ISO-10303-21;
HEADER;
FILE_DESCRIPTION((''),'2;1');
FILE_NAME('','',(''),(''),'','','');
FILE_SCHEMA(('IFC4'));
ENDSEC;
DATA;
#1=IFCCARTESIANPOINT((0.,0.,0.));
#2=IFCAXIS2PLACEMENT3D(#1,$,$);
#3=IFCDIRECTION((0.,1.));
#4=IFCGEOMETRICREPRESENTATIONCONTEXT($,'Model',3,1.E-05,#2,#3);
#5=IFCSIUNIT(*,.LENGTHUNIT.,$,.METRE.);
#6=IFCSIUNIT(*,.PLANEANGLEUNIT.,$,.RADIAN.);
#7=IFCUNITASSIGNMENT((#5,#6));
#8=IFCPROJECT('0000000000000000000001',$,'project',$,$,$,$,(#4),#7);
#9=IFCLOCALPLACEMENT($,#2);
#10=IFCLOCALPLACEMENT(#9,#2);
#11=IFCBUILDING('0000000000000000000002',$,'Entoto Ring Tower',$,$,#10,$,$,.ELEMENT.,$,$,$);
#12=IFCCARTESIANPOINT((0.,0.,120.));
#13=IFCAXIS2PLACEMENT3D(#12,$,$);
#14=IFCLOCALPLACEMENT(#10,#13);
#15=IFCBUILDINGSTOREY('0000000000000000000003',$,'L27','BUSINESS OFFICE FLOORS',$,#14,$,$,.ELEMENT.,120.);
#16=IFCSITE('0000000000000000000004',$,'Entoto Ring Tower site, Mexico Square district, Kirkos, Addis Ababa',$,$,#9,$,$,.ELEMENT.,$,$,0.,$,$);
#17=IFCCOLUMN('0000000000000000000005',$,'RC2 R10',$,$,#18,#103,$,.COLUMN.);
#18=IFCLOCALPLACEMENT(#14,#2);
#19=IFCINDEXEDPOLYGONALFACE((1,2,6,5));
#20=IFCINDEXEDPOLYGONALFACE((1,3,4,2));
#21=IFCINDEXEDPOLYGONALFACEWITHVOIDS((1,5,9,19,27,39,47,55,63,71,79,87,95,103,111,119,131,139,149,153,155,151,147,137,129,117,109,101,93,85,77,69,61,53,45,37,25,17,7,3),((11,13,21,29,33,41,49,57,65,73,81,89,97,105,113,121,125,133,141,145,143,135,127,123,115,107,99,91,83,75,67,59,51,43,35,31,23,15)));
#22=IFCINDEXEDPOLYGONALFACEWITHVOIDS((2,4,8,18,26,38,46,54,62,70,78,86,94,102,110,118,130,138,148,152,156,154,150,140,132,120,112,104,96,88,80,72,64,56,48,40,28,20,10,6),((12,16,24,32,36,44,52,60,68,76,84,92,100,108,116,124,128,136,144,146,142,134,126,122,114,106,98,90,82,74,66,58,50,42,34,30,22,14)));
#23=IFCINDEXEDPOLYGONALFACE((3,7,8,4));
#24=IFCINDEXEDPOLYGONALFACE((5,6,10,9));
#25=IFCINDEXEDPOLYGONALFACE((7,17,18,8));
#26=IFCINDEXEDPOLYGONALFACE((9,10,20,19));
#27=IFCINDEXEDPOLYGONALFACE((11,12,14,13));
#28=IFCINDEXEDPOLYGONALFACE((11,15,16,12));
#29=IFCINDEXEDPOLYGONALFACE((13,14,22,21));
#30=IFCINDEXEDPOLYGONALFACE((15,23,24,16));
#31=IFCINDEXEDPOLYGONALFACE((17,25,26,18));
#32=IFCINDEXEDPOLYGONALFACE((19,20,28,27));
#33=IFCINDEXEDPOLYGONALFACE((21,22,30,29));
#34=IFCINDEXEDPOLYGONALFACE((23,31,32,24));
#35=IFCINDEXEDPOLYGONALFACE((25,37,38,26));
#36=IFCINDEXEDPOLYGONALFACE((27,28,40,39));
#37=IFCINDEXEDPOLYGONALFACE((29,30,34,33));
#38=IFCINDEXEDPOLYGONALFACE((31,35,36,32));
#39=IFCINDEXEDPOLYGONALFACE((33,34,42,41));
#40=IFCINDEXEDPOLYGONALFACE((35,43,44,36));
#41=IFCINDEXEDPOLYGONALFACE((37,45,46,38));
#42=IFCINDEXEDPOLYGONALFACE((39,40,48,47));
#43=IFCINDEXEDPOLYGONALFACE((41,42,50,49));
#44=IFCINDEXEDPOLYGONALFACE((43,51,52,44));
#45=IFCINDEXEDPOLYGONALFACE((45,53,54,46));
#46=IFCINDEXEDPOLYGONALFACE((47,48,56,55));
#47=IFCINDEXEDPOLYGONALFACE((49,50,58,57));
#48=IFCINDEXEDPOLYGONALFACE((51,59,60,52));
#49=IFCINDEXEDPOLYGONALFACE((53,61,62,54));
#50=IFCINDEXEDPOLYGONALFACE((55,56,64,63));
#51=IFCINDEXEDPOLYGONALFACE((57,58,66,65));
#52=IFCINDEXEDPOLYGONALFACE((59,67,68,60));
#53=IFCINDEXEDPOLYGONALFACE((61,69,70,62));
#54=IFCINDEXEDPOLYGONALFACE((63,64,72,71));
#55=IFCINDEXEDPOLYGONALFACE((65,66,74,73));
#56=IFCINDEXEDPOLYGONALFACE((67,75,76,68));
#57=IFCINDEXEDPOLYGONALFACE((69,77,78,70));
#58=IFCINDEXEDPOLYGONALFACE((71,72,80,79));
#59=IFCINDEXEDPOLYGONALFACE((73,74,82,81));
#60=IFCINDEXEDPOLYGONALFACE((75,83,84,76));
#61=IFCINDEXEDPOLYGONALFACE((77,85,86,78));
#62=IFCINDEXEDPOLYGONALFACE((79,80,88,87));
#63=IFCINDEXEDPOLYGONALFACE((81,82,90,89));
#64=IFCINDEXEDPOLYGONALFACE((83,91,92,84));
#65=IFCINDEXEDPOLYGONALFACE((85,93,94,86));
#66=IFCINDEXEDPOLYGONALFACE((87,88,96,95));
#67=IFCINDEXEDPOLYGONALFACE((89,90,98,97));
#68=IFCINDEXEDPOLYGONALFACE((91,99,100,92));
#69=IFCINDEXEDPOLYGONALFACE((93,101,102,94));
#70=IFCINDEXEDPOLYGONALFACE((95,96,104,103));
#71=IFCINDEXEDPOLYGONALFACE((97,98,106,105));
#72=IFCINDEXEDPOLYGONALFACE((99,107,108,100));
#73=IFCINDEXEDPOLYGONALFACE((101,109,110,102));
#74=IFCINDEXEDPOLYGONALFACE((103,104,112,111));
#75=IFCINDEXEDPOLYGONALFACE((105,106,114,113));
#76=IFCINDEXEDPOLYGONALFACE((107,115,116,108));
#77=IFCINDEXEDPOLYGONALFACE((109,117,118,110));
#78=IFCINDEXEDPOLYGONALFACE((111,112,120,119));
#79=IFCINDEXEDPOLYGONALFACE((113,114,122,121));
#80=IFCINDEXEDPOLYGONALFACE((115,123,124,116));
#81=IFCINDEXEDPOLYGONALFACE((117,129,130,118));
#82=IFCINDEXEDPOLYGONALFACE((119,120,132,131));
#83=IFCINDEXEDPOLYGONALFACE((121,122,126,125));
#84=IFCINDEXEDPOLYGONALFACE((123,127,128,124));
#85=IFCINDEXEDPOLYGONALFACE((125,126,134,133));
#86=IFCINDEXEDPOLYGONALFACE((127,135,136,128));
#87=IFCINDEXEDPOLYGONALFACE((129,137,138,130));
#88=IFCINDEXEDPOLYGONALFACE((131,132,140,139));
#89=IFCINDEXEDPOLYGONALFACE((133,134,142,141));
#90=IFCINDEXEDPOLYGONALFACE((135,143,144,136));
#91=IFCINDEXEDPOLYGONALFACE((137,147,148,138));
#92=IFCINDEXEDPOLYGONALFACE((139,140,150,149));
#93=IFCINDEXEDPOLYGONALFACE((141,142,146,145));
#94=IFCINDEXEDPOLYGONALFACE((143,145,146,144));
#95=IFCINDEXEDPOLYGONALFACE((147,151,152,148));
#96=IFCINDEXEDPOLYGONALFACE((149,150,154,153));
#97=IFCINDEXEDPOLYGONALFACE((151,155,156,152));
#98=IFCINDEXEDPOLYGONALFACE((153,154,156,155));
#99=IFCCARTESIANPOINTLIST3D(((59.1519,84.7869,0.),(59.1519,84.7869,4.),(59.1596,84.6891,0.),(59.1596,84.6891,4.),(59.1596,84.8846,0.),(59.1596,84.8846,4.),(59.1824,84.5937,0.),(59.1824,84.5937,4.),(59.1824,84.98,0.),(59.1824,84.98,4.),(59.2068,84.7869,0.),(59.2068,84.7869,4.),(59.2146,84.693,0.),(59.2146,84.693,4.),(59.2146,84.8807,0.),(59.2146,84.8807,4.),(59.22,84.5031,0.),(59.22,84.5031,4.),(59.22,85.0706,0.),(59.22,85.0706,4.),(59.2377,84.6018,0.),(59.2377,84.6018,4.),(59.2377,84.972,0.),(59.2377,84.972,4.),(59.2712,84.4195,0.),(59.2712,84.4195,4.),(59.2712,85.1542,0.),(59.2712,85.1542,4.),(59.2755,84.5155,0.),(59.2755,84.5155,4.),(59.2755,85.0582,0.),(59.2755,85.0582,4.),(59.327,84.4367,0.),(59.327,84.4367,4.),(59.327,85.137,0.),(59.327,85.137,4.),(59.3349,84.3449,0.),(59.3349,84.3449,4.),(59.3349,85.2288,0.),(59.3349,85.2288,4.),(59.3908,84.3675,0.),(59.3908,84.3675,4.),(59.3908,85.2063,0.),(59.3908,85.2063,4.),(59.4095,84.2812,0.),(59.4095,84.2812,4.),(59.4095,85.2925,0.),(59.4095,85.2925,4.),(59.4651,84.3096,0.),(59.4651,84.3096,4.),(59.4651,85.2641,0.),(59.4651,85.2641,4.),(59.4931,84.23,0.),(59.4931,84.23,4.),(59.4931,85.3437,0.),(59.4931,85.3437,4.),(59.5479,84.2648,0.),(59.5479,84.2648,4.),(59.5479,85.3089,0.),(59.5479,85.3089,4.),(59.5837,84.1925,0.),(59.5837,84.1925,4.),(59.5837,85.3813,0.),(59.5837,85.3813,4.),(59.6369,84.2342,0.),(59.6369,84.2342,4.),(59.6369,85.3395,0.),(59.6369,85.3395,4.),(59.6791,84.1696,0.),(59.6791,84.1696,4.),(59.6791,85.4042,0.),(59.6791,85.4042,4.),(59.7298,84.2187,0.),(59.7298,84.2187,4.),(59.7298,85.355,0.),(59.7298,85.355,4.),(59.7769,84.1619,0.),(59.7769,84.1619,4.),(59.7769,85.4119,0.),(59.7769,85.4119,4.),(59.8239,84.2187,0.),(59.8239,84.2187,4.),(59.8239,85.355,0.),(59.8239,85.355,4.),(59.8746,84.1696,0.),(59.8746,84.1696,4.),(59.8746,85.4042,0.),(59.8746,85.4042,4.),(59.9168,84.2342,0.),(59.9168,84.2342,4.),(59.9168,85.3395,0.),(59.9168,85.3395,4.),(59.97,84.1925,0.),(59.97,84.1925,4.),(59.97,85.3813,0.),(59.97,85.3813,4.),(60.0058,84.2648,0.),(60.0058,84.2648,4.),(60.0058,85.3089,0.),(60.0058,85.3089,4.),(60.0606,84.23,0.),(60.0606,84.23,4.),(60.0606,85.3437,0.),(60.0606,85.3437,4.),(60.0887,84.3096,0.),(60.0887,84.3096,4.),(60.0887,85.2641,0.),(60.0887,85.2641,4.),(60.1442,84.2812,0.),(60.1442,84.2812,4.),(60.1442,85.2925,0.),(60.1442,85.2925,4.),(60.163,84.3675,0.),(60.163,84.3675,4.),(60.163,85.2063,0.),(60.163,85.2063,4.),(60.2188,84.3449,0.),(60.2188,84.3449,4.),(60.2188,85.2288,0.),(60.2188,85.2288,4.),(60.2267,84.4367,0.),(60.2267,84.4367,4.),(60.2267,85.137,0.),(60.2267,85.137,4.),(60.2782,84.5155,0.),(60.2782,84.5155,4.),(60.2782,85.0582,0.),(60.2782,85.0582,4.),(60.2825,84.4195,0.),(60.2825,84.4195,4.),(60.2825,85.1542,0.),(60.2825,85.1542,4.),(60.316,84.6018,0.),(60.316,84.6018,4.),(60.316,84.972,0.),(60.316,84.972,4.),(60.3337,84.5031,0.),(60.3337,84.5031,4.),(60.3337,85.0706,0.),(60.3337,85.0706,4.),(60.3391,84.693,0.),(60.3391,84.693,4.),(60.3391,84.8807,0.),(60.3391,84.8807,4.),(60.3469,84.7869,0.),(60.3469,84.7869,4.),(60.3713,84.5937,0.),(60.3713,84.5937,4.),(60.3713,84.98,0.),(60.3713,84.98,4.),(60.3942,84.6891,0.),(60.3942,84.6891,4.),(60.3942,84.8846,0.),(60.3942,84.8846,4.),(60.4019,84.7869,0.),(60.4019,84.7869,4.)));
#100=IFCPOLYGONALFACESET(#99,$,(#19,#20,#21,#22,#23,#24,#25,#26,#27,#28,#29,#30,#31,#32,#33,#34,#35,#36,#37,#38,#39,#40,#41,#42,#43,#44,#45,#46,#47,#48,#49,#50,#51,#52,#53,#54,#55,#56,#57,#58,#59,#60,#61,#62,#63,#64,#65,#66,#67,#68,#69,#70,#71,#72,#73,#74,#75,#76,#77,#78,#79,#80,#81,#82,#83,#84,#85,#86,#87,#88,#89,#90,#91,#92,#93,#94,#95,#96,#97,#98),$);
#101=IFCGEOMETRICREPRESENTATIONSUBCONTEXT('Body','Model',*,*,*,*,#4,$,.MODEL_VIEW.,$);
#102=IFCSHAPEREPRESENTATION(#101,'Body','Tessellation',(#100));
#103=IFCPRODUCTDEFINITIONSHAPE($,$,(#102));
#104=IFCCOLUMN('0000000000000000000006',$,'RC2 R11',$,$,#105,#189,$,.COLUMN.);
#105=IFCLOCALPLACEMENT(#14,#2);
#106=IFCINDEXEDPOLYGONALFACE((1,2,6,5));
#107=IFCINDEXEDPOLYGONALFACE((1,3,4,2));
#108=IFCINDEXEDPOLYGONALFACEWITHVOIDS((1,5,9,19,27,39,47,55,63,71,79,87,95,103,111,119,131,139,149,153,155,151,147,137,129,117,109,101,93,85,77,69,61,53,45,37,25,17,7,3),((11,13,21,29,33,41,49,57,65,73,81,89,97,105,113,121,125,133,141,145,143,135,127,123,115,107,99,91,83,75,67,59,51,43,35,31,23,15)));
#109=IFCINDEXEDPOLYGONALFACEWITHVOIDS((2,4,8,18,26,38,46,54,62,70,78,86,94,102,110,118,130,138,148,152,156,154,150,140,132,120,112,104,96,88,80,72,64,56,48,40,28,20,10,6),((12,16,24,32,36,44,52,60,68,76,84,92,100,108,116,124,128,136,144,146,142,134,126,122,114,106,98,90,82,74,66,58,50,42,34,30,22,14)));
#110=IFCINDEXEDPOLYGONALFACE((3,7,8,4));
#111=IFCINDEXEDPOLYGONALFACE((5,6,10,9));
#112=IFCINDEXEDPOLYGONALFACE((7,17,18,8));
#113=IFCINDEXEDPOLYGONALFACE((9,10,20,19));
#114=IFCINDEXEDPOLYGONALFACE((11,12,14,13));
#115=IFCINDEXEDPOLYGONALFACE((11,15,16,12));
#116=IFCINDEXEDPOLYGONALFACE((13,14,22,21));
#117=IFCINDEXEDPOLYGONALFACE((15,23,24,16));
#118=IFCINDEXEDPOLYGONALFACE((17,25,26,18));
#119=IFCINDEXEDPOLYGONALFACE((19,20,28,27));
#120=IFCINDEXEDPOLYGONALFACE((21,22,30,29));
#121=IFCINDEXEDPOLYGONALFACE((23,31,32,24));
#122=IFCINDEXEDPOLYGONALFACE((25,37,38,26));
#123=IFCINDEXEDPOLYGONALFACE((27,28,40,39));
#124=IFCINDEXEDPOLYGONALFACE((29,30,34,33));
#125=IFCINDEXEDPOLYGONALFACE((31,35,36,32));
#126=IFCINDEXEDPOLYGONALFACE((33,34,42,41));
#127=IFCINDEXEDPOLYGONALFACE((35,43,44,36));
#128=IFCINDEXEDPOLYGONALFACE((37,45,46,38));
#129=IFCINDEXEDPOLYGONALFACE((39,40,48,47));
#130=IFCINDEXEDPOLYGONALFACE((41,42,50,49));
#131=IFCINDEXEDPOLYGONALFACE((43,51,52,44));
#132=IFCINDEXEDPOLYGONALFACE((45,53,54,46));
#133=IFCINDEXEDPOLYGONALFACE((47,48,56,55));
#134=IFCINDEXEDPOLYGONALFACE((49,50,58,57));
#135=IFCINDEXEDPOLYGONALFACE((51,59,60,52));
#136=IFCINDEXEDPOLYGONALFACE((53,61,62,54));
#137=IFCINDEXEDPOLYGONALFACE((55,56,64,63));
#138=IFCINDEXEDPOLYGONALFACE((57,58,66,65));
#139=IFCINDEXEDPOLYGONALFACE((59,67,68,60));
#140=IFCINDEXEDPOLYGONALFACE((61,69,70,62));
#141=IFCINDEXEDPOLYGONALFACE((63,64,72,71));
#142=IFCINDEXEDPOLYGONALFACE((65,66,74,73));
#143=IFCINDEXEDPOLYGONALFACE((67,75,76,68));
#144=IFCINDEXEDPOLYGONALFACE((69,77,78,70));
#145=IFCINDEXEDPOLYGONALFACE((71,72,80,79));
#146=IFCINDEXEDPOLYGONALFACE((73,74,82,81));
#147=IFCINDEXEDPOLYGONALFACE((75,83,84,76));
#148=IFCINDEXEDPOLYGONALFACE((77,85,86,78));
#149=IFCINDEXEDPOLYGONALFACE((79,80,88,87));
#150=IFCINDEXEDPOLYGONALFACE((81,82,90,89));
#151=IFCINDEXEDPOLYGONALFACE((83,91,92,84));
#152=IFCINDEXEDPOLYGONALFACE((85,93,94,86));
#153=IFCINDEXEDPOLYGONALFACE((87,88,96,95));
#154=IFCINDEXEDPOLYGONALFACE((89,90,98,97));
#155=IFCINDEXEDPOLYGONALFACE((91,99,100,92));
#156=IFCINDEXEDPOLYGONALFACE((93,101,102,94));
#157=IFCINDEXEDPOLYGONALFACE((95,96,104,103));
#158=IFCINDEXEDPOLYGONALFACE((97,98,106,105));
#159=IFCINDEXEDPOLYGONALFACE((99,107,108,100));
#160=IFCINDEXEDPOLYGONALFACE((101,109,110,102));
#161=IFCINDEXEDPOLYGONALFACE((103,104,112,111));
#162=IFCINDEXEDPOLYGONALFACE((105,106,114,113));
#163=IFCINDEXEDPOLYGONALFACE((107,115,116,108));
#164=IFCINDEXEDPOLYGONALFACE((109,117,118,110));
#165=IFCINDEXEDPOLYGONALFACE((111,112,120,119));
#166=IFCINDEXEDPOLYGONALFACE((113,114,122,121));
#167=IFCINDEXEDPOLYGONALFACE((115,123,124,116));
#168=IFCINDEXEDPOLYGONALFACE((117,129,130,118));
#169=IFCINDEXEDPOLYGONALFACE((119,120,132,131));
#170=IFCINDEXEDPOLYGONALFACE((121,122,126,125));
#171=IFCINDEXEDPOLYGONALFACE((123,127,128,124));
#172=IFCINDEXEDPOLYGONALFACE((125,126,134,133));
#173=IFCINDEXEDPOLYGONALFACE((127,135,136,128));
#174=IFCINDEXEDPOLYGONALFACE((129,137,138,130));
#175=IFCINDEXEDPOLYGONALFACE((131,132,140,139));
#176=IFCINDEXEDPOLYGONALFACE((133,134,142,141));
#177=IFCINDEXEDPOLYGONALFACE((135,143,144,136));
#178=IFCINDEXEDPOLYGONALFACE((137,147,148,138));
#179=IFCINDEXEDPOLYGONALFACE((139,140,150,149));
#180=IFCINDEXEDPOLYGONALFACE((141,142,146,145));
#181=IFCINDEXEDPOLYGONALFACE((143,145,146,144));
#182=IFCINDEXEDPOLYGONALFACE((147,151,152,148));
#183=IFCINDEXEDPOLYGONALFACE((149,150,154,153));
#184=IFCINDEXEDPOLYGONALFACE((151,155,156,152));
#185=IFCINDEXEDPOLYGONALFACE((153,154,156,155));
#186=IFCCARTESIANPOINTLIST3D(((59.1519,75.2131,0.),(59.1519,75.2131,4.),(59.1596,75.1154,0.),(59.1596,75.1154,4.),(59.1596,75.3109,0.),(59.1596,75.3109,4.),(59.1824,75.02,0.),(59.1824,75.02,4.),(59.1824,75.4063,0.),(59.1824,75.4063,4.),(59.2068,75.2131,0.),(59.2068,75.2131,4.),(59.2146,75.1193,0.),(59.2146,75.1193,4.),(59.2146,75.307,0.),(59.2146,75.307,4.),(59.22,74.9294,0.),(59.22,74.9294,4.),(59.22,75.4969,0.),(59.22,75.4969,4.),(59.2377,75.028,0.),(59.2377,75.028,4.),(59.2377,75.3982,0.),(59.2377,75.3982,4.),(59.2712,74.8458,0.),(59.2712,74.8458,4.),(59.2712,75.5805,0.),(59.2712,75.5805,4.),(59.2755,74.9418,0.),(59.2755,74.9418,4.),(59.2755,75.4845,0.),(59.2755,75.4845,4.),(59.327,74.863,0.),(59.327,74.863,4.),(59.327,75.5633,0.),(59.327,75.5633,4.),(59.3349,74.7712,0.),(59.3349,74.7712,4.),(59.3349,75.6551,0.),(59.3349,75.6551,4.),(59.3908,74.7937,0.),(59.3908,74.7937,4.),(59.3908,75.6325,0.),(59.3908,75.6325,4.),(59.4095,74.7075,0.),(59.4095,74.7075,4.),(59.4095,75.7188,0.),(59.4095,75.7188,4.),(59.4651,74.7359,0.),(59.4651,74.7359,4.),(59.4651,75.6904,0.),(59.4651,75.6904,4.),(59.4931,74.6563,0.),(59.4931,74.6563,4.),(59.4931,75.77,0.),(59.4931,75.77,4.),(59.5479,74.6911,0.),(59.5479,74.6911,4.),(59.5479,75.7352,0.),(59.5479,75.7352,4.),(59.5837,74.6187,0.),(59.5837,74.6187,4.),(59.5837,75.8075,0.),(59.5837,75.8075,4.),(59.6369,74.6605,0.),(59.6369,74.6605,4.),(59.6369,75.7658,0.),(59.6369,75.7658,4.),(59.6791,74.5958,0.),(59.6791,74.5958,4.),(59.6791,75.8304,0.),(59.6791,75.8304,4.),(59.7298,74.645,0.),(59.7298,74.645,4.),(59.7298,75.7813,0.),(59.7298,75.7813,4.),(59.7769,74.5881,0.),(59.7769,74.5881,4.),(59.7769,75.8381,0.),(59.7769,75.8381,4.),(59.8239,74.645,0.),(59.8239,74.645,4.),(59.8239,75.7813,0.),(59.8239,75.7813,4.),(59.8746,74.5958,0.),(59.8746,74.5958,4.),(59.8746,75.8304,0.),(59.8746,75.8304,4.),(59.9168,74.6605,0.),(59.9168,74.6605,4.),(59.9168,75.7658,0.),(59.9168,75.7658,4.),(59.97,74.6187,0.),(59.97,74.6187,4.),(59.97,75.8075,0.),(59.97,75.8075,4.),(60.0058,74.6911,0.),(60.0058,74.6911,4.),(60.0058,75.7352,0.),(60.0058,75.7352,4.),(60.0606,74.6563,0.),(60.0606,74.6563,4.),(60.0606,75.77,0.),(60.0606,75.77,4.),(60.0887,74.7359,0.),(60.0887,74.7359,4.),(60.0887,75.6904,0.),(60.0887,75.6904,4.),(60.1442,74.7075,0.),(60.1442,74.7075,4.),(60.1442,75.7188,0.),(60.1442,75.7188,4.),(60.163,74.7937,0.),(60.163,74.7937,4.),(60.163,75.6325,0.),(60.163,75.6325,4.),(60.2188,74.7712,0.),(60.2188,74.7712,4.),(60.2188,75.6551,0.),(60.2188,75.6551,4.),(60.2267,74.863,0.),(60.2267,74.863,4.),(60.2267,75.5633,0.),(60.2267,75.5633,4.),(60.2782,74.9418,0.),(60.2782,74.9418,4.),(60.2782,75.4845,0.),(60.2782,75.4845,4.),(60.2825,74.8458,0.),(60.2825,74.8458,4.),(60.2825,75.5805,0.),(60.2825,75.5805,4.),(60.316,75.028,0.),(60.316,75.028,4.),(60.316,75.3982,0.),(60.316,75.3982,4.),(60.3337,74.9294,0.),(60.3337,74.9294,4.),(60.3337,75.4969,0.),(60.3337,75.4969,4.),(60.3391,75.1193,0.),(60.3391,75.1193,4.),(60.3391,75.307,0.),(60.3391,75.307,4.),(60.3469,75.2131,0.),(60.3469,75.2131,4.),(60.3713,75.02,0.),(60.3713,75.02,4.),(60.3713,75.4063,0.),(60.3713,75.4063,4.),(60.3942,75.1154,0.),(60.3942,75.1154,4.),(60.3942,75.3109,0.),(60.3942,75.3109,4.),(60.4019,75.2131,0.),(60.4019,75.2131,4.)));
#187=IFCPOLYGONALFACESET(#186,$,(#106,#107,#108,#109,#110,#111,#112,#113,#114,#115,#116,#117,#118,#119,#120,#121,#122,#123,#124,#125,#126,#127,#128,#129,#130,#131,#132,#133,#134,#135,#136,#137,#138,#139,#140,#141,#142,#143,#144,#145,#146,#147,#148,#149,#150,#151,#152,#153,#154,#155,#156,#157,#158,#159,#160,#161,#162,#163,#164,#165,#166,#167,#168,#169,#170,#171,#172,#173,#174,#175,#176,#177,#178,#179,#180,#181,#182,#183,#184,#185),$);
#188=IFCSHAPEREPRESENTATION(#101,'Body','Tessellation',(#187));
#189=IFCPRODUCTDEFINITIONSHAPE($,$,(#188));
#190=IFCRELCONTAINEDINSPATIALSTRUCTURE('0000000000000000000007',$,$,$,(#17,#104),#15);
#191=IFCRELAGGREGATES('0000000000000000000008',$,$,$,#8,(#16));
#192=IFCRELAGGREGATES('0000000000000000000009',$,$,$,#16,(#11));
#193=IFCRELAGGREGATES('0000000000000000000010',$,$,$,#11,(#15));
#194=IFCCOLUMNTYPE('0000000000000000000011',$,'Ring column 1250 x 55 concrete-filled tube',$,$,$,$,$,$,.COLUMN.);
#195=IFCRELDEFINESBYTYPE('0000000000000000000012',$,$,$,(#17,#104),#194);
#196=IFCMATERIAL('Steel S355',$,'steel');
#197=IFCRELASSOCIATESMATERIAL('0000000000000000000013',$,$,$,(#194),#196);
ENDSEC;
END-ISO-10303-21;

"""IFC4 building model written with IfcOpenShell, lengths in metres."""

from ifc_helpers import new_model, si_unit, direction, frame, origin, origin_2d, place, context, subcontext, project, spatial, circle, hollow_circle, extrude, material, material_profile, profile_set, type_object, element, save


model = new_model("IFC4")

# Units and contexts
model_context = context("Model", 3, precision=1e-05, world=origin(), true_north=direction((0.0, 1.0)))
body_context = subcontext(model_context, "Body", "Model", "MODEL_VIEW")
ifc_project = project(units=[si_unit("LENGTHUNIT", "METRE"), si_unit("PLANEANGLEUNIT", "RADIAN")], contexts=[model_context])

# Site, building, storey
site_placement = place(None, origin())
site = spatial("IfcSite", under=ifc_project, at=site_placement, Name="Entoto Ring Tower site, Mexico Square district, Kirkos, Addis Ababa", CompositionType="ELEMENT", RefElevation=0.0)
building_placement = place(site_placement, origin())
building = spatial("IfcBuilding", under=site, at=building_placement, Name="Entoto Ring Tower", CompositionType="ELEMENT")
storey_placement = place(building_placement, frame((0.0, 0.0, 120.0)))
storey = spatial("IfcBuildingStorey", under=building, at=storey_placement, Name="L27", Description="BUSINESS OFFICE FLOORS", CompositionType="ELEMENT", Elevation=120.0)

# Columns
ifc_material_1 = material(Name="Steel S355", Category="steel")
ifc_material_profile_1 = material_profile(ifc_material_1, hollow_circle(Radius=0.625, WallThickness=0.0549, at=origin_2d()), Name="CHS 1250 x 55")
ifc_material_2 = material(Name="Concrete C60/75", Category="concrete")
ifc_material_profile_2 = material_profile(ifc_material_2, circle(Radius=0.5701, at=origin_2d()), Name="Concrete C60/75 infill")
ifc_profile_set_1 = profile_set([ifc_material_profile_1, ifc_material_profile_2], Name="Steel S355")
column_type = type_object("IfcColumnType", Name="Ring column 1250 x 55 concrete-filled tube", PredefinedType="COLUMN", material=ifc_profile_set_1)
for number, where, z_axis, x_axis, name in (
    (1, (59.7769, 84.7869, 0.0), (0.0, 0.0, 1.0), (1.0, 0.0, 0.0), "RC2 R10"),
    (2, (59.7769, 75.2131, 0.0), (0.0, 0.0, 1.0), (1.0, 0.0, 0.0), "RC2 R11"),
):
    element("IfcColumn", number, at=place(storey_placement, frame(where, z_axis=z_axis, x_axis=x_axis)), inside=storey, type_object=column_type, Name=name, PredefinedType="COLUMN", context=body_context, shape_type="SweptSolid", body=[
        extrude(hollow_circle(Radius=0.625, WallThickness=0.0549, at=origin_2d()), origin(), (0.0, 0.0, 1.0), 4.0),
    ])

save(model, "model.ifc")
